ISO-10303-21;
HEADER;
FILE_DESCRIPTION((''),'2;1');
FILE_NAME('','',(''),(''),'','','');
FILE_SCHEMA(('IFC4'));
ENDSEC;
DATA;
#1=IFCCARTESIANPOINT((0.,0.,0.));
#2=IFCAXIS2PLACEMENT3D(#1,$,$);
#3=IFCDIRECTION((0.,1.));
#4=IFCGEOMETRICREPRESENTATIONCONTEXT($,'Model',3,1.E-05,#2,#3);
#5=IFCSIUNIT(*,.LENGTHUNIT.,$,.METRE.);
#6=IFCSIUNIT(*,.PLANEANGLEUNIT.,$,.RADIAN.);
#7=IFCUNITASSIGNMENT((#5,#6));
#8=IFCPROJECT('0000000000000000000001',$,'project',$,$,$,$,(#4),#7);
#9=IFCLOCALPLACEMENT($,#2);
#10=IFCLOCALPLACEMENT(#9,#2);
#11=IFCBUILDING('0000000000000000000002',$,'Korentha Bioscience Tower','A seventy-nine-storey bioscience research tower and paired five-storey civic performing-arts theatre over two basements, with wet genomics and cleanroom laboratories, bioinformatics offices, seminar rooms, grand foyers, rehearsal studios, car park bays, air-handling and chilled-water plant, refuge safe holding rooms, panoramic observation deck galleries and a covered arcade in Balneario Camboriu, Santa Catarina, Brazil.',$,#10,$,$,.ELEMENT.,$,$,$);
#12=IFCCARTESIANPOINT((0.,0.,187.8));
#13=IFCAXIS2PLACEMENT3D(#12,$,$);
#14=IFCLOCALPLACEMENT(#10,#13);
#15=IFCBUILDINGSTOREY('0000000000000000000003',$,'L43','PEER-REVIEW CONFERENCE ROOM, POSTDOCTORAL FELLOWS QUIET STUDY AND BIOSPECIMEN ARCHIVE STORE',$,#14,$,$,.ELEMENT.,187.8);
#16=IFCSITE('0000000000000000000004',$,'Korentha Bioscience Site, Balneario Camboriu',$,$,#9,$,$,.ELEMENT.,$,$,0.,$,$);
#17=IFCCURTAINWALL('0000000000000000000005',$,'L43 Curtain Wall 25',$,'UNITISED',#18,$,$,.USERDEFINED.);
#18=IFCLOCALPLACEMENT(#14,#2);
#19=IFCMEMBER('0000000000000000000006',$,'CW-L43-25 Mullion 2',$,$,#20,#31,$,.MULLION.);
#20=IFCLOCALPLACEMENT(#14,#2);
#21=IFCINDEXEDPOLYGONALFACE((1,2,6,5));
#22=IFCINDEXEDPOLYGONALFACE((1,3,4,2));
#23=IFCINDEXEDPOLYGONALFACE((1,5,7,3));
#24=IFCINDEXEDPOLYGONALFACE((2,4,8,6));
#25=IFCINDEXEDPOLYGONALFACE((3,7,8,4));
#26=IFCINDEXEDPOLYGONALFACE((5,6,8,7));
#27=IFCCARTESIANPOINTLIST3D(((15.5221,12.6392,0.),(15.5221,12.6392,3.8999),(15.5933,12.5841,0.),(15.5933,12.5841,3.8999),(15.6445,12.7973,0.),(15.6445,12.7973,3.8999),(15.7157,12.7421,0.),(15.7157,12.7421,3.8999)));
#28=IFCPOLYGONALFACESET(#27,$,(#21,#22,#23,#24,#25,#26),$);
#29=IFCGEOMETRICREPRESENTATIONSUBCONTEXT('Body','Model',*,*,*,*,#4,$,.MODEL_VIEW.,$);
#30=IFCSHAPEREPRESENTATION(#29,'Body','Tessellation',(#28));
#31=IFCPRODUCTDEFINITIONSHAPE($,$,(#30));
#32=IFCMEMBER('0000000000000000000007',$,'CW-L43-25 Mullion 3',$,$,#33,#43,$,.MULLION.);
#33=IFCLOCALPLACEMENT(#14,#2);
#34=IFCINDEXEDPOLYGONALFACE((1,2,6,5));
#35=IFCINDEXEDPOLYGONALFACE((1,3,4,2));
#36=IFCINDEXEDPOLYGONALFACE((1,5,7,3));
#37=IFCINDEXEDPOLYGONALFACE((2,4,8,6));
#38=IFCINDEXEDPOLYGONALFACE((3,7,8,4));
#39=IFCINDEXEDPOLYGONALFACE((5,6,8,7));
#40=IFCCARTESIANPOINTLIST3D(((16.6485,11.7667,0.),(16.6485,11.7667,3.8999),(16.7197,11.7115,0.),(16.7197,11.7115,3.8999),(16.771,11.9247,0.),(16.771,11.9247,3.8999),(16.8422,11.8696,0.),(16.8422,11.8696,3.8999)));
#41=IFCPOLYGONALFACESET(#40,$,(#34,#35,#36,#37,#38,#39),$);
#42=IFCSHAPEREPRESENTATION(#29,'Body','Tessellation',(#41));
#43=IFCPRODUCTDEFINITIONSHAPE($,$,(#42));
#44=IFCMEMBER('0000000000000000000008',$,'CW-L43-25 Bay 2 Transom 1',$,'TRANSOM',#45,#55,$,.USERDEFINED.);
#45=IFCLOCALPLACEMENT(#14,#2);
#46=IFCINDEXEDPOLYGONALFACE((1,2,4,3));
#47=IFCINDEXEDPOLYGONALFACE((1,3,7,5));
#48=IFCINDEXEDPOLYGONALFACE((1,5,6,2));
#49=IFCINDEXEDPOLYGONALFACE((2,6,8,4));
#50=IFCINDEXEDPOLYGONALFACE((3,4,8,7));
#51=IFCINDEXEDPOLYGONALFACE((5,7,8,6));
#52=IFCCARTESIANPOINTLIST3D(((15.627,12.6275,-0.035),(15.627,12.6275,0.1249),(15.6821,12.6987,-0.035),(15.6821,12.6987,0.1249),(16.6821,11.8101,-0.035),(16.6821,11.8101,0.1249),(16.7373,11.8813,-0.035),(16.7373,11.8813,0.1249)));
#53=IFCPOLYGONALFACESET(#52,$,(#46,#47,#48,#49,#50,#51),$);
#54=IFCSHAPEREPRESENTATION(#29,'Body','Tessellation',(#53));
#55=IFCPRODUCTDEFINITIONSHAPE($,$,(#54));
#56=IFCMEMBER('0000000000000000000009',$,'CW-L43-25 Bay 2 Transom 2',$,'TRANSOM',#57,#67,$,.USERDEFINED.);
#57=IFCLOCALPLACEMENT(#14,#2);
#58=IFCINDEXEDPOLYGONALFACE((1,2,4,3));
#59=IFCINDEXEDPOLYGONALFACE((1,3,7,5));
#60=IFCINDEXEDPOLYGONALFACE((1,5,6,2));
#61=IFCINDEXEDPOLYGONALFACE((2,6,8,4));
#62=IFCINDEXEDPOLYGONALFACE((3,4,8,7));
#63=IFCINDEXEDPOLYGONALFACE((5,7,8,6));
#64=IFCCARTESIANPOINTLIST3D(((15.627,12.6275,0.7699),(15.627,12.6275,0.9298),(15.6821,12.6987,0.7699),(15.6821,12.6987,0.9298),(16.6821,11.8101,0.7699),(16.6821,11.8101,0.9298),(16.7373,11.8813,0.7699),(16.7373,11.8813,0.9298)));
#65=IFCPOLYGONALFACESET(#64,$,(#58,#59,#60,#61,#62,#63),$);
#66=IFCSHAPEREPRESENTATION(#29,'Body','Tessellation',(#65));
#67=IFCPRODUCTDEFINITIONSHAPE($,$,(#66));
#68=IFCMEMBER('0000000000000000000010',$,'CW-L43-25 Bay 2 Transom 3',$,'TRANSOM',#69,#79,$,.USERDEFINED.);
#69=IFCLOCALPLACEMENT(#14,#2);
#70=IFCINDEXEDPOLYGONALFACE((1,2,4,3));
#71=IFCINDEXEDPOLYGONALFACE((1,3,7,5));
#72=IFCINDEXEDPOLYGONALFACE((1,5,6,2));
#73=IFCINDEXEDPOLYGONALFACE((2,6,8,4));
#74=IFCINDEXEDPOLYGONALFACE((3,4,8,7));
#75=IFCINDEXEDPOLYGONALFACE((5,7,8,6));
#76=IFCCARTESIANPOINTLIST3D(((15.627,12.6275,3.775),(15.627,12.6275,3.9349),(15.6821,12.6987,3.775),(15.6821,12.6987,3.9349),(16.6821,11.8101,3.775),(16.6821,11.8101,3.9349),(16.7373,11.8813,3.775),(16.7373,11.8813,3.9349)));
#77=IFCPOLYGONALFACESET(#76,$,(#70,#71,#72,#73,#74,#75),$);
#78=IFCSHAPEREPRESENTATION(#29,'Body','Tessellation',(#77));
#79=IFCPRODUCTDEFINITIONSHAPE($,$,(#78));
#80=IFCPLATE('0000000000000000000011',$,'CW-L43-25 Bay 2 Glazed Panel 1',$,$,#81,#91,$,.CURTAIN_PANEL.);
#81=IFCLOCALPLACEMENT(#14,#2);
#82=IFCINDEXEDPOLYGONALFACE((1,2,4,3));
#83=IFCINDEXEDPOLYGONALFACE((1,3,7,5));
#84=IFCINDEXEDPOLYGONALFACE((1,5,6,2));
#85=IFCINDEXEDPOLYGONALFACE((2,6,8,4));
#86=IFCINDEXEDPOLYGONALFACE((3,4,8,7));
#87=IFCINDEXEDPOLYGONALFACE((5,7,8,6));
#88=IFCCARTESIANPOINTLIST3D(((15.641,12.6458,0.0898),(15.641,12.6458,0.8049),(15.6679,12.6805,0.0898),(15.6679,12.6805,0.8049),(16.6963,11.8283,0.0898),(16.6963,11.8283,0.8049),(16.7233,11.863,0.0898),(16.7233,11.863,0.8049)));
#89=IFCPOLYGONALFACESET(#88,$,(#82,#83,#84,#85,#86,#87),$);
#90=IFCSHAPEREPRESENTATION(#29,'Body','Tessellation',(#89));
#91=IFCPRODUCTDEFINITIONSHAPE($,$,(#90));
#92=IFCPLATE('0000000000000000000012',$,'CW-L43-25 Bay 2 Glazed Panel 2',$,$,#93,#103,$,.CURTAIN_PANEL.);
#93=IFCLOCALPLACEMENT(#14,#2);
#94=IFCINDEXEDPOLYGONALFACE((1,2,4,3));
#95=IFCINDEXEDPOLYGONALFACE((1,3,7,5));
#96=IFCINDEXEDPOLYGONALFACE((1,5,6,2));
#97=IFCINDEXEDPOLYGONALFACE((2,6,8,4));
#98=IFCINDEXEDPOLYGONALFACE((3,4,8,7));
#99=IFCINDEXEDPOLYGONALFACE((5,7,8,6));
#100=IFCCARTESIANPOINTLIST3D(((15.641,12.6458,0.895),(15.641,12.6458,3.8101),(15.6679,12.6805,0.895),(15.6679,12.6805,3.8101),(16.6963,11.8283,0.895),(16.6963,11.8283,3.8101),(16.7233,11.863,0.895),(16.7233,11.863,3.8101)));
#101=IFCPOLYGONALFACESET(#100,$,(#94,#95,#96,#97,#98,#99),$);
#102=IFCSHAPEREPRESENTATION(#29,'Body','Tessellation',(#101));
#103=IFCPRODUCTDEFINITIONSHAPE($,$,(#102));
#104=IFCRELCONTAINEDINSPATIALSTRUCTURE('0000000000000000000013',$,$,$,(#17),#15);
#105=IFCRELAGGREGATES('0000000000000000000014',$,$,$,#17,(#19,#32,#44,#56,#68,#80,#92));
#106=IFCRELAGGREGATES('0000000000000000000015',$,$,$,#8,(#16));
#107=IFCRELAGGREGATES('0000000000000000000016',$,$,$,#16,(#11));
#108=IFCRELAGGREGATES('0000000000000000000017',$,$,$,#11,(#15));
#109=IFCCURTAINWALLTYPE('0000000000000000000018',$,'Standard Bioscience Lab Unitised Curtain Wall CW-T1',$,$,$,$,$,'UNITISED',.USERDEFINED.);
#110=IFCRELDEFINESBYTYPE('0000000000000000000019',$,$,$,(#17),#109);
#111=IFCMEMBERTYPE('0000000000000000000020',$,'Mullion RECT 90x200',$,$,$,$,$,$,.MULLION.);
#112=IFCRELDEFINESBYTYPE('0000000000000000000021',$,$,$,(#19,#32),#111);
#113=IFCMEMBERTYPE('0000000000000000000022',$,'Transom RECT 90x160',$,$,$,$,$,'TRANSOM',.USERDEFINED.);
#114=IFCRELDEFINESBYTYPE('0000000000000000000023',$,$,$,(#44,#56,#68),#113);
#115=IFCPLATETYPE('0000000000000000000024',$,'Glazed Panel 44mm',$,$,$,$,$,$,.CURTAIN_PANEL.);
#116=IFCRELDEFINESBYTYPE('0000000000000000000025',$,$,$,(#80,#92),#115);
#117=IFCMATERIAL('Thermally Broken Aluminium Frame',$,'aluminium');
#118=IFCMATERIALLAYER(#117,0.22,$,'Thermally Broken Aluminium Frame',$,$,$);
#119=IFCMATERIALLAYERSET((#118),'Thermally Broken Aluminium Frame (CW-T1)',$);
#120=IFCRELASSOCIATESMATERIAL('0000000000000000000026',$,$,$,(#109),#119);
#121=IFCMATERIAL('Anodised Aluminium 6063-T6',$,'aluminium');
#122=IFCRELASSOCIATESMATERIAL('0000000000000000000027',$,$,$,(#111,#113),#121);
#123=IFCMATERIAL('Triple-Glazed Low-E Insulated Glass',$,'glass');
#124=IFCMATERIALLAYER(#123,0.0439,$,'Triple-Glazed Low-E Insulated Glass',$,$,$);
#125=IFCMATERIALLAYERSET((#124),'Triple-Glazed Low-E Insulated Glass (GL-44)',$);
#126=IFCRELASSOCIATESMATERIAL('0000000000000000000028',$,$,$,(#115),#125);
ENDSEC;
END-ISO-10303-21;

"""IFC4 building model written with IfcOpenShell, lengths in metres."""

from ifc_helpers import new_model, si_unit, direction, frame, origin, origin_2d, place, context, subcontext, project, spatial, rectangle, extrude, material, layer, layer_set, material_profile, profile_set, type_object, element, aggregate, save


model = new_model("IFC4")

# Units and contexts
model_context = context("Model", 3, precision=1e-05, world=origin(), true_north=direction((0.0, 1.0)))
body_context = subcontext(model_context, "Body", "Model", "MODEL_VIEW")
ifc_project = project(units=[si_unit("LENGTHUNIT", "METRE"), si_unit("PLANEANGLEUNIT", "RADIAN")], contexts=[model_context])

# Site, building, storey
site_placement = place(None, origin())
site = spatial("IfcSite", under=ifc_project, at=site_placement, Name="Korentha Bioscience Site, Balneario Camboriu", CompositionType="ELEMENT", RefElevation=0.0)
building_placement = place(site_placement, origin())
building = spatial("IfcBuilding", under=site, at=building_placement, Name="Korentha Bioscience Tower", Description="A seventy-nine-storey bioscience research tower and paired five-storey civic performing-arts theatre over two basements, with wet genomics and cleanroom laboratories, bioinformatics offices, seminar rooms, grand foyers, rehearsal studios, car park bays, air-handling and chilled-water plant, refuge safe holding rooms, panoramic observation deck galleries and a covered arcade in Balneario Camboriu, Santa Catarina, Brazil.", CompositionType="ELEMENT")
storey_placement = place(building_placement, frame((0.0, 0.0, 187.8)))
storey = spatial("IfcBuildingStorey", under=building, at=storey_placement, Name="L43", Description="PEER-REVIEW CONFERENCE ROOM, POSTDOCTORAL FELLOWS QUIET STUDY AND BIOSPECIMEN ARCHIVE STORE", CompositionType="ELEMENT", Elevation=187.8)

# Curtain wall, members, plates
ifc_material_1 = material(Name="Thermally Broken Aluminium Frame", Category="aluminium")
ifc_layer_1 = layer(ifc_material_1, 0.22, Name="Thermally Broken Aluminium Frame")
ifc_layer_set_1 = layer_set([ifc_layer_1], Name="Thermally Broken Aluminium Frame (CW-T1)")
curtain_wall_type = type_object("IfcCurtainWallType", Name="Standard Bioscience Lab Unitised Curtain Wall CW-T1", ElementType="UNITISED", PredefinedType="USERDEFINED", material=ifc_layer_set_1)
curtain_wall_placement = place(storey_placement, origin())
curtain_wall = element("IfcCurtainWall", 1, at=curtain_wall_placement, inside=storey, type_object=curtain_wall_type, Name="L43 Curtain Wall 25", ObjectType="UNITISED", PredefinedType="USERDEFINED")
ifc_material_2 = material(Name="Anodised Aluminium 6063-T6", Category="aluminium")
ifc_material_profile_1 = material_profile(ifc_material_2, rectangle(XDim=0.0901, YDim=0.2, at=origin_2d()), Name="Anodised Aluminium 6063-T6")
ifc_profile_set_1 = profile_set([ifc_material_profile_1], Name="Anodised Aluminium 6063-T6 (CW-MUL)")
member_type_1 = type_object("IfcMemberType", Name="Mullion RECT 90x200", PredefinedType="MULLION", material=ifc_profile_set_1)
member_1_placement = place(storey_placement, frame((15.6189, 12.6907, 0.0), z_axis=(0.0, 0.0, 1.0), x_axis=(0.790547, -0.612402, 0.0)))
member_1 = element("IfcMember", 2, at=member_1_placement, type_object=member_type_1, Name="CW-L43-25 Mullion 2", PredefinedType="MULLION", context=body_context, shape_type="SweptSolid", body=[
    extrude(rectangle(XDim=0.0901, YDim=0.2, at=origin_2d()), origin(), (0.0, 0.0, 1.0), 3.8999),
])
member_2_placement = place(storey_placement, frame((16.7454, 11.8181, 0.0), z_axis=(0.0, 0.0, 1.0), x_axis=(0.790547, -0.612402, 0.0)))
member_2 = element("IfcMember", 3, at=member_2_placement, type_object=member_type_1, Name="CW-L43-25 Mullion 3", PredefinedType="MULLION", context=body_context, shape_type="SweptSolid", body=[
    extrude(rectangle(XDim=0.0901, YDim=0.2, at=origin_2d()), origin(), (0.0, 0.0, 1.0), 3.8999),
])
ifc_material_profile_2 = material_profile(ifc_material_2, rectangle(XDim=0.0901, YDim=0.1599, at=origin_2d()), Name="Anodised Aluminium 6063-T6")
ifc_profile_set_2 = profile_set([ifc_material_profile_2], Name="Anodised Aluminium 6063-T6 (CW-TRN)")
member_type_2 = type_object("IfcMemberType", Name="Transom RECT 90x160", ElementType="TRANSOM", PredefinedType="USERDEFINED", material=ifc_profile_set_2)
member_3_placement = place(storey_placement, frame((15.6545, 12.6631, 0.0449), z_axis=(0.790552, -0.612395, 0.0), x_axis=(0.612395, 0.790552, 0.0)))
member_3 = element("IfcMember", 4, at=member_3_placement, type_object=member_type_2, Name="CW-L43-25 Bay 2 Transom 1", ObjectType="TRANSOM", PredefinedType="USERDEFINED", context=body_context, shape_type="SweptSolid", body=[
    extrude(rectangle(XDim=0.0901, YDim=0.1599, at=origin_2d()), origin(), (0.0, 0.0, 1.0), 1.3347),
])
member_4_placement = place(storey_placement, frame((15.6545, 12.6631, 0.8499), z_axis=(0.790552, -0.612395, 0.0), x_axis=(0.612395, 0.790552, 0.0)))
member_4 = element("IfcMember", 5, at=member_4_placement, type_object=member_type_2, Name="CW-L43-25 Bay 2 Transom 2", ObjectType="TRANSOM", PredefinedType="USERDEFINED", context=body_context, shape_type="SweptSolid", body=[
    extrude(rectangle(XDim=0.0901, YDim=0.1599, at=origin_2d()), origin(), (0.0, 0.0, 1.0), 1.3347),
])
member_5_placement = place(storey_placement, frame((15.6545, 12.6631, 3.855), z_axis=(0.790552, -0.612395, 0.0), x_axis=(0.612395, 0.790552, 0.0)))
member_5 = element("IfcMember", 6, at=member_5_placement, type_object=member_type_2, Name="CW-L43-25 Bay 2 Transom 3", ObjectType="TRANSOM", PredefinedType="USERDEFINED", context=body_context, shape_type="SweptSolid", body=[
    extrude(rectangle(XDim=0.0901, YDim=0.1599, at=origin_2d()), origin(), (0.0, 0.0, 1.0), 1.3347),
])
ifc_material_3 = material(Name="Triple-Glazed Low-E Insulated Glass", Category="glass")
ifc_layer_2 = layer(ifc_material_3, 0.0439, Name="Triple-Glazed Low-E Insulated Glass")
ifc_layer_set_2 = layer_set([ifc_layer_2], Name="Triple-Glazed Low-E Insulated Glass (GL-44)")
plate_type = type_object("IfcPlateType", Name="Glazed Panel 44mm", PredefinedType="CURTAIN_PANEL", material=ifc_layer_set_2)
plate_1_placement = place(storey_placement, frame((16.1821, 12.2544, 0.0898), z_axis=(0.0, 0.0, 1.0), x_axis=(0.790547, -0.612402, 0.0)))
plate_1 = element("IfcPlate", 7, at=plate_1_placement, type_object=plate_type, Name="CW-L43-25 Bay 2 Glazed Panel 1", PredefinedType="CURTAIN_PANEL", context=body_context, shape_type="SweptSolid", body=[
    extrude(rectangle(XDim=1.335, YDim=0.0439, at=origin_2d()), origin(), (0.0, 0.0, 1.0), 0.7151),
])
plate_2_placement = place(storey_placement, frame((16.1821, 12.2544, 0.895), z_axis=(0.0, 0.0, 1.0), x_axis=(0.790547, -0.612402, 0.0)))
plate_2 = element("IfcPlate", 8, at=plate_2_placement, type_object=plate_type, Name="CW-L43-25 Bay 2 Glazed Panel 2", PredefinedType="CURTAIN_PANEL", context=body_context, shape_type="SweptSolid", body=[
    extrude(rectangle(XDim=1.335, YDim=0.0439, at=origin_2d()), origin(), (0.0, 0.0, 1.0), 2.915),
])
aggregate(curtain_wall, [member_1, member_2, member_3, member_4, member_5, plate_1, plate_2])

save(model, "model.ifc")
